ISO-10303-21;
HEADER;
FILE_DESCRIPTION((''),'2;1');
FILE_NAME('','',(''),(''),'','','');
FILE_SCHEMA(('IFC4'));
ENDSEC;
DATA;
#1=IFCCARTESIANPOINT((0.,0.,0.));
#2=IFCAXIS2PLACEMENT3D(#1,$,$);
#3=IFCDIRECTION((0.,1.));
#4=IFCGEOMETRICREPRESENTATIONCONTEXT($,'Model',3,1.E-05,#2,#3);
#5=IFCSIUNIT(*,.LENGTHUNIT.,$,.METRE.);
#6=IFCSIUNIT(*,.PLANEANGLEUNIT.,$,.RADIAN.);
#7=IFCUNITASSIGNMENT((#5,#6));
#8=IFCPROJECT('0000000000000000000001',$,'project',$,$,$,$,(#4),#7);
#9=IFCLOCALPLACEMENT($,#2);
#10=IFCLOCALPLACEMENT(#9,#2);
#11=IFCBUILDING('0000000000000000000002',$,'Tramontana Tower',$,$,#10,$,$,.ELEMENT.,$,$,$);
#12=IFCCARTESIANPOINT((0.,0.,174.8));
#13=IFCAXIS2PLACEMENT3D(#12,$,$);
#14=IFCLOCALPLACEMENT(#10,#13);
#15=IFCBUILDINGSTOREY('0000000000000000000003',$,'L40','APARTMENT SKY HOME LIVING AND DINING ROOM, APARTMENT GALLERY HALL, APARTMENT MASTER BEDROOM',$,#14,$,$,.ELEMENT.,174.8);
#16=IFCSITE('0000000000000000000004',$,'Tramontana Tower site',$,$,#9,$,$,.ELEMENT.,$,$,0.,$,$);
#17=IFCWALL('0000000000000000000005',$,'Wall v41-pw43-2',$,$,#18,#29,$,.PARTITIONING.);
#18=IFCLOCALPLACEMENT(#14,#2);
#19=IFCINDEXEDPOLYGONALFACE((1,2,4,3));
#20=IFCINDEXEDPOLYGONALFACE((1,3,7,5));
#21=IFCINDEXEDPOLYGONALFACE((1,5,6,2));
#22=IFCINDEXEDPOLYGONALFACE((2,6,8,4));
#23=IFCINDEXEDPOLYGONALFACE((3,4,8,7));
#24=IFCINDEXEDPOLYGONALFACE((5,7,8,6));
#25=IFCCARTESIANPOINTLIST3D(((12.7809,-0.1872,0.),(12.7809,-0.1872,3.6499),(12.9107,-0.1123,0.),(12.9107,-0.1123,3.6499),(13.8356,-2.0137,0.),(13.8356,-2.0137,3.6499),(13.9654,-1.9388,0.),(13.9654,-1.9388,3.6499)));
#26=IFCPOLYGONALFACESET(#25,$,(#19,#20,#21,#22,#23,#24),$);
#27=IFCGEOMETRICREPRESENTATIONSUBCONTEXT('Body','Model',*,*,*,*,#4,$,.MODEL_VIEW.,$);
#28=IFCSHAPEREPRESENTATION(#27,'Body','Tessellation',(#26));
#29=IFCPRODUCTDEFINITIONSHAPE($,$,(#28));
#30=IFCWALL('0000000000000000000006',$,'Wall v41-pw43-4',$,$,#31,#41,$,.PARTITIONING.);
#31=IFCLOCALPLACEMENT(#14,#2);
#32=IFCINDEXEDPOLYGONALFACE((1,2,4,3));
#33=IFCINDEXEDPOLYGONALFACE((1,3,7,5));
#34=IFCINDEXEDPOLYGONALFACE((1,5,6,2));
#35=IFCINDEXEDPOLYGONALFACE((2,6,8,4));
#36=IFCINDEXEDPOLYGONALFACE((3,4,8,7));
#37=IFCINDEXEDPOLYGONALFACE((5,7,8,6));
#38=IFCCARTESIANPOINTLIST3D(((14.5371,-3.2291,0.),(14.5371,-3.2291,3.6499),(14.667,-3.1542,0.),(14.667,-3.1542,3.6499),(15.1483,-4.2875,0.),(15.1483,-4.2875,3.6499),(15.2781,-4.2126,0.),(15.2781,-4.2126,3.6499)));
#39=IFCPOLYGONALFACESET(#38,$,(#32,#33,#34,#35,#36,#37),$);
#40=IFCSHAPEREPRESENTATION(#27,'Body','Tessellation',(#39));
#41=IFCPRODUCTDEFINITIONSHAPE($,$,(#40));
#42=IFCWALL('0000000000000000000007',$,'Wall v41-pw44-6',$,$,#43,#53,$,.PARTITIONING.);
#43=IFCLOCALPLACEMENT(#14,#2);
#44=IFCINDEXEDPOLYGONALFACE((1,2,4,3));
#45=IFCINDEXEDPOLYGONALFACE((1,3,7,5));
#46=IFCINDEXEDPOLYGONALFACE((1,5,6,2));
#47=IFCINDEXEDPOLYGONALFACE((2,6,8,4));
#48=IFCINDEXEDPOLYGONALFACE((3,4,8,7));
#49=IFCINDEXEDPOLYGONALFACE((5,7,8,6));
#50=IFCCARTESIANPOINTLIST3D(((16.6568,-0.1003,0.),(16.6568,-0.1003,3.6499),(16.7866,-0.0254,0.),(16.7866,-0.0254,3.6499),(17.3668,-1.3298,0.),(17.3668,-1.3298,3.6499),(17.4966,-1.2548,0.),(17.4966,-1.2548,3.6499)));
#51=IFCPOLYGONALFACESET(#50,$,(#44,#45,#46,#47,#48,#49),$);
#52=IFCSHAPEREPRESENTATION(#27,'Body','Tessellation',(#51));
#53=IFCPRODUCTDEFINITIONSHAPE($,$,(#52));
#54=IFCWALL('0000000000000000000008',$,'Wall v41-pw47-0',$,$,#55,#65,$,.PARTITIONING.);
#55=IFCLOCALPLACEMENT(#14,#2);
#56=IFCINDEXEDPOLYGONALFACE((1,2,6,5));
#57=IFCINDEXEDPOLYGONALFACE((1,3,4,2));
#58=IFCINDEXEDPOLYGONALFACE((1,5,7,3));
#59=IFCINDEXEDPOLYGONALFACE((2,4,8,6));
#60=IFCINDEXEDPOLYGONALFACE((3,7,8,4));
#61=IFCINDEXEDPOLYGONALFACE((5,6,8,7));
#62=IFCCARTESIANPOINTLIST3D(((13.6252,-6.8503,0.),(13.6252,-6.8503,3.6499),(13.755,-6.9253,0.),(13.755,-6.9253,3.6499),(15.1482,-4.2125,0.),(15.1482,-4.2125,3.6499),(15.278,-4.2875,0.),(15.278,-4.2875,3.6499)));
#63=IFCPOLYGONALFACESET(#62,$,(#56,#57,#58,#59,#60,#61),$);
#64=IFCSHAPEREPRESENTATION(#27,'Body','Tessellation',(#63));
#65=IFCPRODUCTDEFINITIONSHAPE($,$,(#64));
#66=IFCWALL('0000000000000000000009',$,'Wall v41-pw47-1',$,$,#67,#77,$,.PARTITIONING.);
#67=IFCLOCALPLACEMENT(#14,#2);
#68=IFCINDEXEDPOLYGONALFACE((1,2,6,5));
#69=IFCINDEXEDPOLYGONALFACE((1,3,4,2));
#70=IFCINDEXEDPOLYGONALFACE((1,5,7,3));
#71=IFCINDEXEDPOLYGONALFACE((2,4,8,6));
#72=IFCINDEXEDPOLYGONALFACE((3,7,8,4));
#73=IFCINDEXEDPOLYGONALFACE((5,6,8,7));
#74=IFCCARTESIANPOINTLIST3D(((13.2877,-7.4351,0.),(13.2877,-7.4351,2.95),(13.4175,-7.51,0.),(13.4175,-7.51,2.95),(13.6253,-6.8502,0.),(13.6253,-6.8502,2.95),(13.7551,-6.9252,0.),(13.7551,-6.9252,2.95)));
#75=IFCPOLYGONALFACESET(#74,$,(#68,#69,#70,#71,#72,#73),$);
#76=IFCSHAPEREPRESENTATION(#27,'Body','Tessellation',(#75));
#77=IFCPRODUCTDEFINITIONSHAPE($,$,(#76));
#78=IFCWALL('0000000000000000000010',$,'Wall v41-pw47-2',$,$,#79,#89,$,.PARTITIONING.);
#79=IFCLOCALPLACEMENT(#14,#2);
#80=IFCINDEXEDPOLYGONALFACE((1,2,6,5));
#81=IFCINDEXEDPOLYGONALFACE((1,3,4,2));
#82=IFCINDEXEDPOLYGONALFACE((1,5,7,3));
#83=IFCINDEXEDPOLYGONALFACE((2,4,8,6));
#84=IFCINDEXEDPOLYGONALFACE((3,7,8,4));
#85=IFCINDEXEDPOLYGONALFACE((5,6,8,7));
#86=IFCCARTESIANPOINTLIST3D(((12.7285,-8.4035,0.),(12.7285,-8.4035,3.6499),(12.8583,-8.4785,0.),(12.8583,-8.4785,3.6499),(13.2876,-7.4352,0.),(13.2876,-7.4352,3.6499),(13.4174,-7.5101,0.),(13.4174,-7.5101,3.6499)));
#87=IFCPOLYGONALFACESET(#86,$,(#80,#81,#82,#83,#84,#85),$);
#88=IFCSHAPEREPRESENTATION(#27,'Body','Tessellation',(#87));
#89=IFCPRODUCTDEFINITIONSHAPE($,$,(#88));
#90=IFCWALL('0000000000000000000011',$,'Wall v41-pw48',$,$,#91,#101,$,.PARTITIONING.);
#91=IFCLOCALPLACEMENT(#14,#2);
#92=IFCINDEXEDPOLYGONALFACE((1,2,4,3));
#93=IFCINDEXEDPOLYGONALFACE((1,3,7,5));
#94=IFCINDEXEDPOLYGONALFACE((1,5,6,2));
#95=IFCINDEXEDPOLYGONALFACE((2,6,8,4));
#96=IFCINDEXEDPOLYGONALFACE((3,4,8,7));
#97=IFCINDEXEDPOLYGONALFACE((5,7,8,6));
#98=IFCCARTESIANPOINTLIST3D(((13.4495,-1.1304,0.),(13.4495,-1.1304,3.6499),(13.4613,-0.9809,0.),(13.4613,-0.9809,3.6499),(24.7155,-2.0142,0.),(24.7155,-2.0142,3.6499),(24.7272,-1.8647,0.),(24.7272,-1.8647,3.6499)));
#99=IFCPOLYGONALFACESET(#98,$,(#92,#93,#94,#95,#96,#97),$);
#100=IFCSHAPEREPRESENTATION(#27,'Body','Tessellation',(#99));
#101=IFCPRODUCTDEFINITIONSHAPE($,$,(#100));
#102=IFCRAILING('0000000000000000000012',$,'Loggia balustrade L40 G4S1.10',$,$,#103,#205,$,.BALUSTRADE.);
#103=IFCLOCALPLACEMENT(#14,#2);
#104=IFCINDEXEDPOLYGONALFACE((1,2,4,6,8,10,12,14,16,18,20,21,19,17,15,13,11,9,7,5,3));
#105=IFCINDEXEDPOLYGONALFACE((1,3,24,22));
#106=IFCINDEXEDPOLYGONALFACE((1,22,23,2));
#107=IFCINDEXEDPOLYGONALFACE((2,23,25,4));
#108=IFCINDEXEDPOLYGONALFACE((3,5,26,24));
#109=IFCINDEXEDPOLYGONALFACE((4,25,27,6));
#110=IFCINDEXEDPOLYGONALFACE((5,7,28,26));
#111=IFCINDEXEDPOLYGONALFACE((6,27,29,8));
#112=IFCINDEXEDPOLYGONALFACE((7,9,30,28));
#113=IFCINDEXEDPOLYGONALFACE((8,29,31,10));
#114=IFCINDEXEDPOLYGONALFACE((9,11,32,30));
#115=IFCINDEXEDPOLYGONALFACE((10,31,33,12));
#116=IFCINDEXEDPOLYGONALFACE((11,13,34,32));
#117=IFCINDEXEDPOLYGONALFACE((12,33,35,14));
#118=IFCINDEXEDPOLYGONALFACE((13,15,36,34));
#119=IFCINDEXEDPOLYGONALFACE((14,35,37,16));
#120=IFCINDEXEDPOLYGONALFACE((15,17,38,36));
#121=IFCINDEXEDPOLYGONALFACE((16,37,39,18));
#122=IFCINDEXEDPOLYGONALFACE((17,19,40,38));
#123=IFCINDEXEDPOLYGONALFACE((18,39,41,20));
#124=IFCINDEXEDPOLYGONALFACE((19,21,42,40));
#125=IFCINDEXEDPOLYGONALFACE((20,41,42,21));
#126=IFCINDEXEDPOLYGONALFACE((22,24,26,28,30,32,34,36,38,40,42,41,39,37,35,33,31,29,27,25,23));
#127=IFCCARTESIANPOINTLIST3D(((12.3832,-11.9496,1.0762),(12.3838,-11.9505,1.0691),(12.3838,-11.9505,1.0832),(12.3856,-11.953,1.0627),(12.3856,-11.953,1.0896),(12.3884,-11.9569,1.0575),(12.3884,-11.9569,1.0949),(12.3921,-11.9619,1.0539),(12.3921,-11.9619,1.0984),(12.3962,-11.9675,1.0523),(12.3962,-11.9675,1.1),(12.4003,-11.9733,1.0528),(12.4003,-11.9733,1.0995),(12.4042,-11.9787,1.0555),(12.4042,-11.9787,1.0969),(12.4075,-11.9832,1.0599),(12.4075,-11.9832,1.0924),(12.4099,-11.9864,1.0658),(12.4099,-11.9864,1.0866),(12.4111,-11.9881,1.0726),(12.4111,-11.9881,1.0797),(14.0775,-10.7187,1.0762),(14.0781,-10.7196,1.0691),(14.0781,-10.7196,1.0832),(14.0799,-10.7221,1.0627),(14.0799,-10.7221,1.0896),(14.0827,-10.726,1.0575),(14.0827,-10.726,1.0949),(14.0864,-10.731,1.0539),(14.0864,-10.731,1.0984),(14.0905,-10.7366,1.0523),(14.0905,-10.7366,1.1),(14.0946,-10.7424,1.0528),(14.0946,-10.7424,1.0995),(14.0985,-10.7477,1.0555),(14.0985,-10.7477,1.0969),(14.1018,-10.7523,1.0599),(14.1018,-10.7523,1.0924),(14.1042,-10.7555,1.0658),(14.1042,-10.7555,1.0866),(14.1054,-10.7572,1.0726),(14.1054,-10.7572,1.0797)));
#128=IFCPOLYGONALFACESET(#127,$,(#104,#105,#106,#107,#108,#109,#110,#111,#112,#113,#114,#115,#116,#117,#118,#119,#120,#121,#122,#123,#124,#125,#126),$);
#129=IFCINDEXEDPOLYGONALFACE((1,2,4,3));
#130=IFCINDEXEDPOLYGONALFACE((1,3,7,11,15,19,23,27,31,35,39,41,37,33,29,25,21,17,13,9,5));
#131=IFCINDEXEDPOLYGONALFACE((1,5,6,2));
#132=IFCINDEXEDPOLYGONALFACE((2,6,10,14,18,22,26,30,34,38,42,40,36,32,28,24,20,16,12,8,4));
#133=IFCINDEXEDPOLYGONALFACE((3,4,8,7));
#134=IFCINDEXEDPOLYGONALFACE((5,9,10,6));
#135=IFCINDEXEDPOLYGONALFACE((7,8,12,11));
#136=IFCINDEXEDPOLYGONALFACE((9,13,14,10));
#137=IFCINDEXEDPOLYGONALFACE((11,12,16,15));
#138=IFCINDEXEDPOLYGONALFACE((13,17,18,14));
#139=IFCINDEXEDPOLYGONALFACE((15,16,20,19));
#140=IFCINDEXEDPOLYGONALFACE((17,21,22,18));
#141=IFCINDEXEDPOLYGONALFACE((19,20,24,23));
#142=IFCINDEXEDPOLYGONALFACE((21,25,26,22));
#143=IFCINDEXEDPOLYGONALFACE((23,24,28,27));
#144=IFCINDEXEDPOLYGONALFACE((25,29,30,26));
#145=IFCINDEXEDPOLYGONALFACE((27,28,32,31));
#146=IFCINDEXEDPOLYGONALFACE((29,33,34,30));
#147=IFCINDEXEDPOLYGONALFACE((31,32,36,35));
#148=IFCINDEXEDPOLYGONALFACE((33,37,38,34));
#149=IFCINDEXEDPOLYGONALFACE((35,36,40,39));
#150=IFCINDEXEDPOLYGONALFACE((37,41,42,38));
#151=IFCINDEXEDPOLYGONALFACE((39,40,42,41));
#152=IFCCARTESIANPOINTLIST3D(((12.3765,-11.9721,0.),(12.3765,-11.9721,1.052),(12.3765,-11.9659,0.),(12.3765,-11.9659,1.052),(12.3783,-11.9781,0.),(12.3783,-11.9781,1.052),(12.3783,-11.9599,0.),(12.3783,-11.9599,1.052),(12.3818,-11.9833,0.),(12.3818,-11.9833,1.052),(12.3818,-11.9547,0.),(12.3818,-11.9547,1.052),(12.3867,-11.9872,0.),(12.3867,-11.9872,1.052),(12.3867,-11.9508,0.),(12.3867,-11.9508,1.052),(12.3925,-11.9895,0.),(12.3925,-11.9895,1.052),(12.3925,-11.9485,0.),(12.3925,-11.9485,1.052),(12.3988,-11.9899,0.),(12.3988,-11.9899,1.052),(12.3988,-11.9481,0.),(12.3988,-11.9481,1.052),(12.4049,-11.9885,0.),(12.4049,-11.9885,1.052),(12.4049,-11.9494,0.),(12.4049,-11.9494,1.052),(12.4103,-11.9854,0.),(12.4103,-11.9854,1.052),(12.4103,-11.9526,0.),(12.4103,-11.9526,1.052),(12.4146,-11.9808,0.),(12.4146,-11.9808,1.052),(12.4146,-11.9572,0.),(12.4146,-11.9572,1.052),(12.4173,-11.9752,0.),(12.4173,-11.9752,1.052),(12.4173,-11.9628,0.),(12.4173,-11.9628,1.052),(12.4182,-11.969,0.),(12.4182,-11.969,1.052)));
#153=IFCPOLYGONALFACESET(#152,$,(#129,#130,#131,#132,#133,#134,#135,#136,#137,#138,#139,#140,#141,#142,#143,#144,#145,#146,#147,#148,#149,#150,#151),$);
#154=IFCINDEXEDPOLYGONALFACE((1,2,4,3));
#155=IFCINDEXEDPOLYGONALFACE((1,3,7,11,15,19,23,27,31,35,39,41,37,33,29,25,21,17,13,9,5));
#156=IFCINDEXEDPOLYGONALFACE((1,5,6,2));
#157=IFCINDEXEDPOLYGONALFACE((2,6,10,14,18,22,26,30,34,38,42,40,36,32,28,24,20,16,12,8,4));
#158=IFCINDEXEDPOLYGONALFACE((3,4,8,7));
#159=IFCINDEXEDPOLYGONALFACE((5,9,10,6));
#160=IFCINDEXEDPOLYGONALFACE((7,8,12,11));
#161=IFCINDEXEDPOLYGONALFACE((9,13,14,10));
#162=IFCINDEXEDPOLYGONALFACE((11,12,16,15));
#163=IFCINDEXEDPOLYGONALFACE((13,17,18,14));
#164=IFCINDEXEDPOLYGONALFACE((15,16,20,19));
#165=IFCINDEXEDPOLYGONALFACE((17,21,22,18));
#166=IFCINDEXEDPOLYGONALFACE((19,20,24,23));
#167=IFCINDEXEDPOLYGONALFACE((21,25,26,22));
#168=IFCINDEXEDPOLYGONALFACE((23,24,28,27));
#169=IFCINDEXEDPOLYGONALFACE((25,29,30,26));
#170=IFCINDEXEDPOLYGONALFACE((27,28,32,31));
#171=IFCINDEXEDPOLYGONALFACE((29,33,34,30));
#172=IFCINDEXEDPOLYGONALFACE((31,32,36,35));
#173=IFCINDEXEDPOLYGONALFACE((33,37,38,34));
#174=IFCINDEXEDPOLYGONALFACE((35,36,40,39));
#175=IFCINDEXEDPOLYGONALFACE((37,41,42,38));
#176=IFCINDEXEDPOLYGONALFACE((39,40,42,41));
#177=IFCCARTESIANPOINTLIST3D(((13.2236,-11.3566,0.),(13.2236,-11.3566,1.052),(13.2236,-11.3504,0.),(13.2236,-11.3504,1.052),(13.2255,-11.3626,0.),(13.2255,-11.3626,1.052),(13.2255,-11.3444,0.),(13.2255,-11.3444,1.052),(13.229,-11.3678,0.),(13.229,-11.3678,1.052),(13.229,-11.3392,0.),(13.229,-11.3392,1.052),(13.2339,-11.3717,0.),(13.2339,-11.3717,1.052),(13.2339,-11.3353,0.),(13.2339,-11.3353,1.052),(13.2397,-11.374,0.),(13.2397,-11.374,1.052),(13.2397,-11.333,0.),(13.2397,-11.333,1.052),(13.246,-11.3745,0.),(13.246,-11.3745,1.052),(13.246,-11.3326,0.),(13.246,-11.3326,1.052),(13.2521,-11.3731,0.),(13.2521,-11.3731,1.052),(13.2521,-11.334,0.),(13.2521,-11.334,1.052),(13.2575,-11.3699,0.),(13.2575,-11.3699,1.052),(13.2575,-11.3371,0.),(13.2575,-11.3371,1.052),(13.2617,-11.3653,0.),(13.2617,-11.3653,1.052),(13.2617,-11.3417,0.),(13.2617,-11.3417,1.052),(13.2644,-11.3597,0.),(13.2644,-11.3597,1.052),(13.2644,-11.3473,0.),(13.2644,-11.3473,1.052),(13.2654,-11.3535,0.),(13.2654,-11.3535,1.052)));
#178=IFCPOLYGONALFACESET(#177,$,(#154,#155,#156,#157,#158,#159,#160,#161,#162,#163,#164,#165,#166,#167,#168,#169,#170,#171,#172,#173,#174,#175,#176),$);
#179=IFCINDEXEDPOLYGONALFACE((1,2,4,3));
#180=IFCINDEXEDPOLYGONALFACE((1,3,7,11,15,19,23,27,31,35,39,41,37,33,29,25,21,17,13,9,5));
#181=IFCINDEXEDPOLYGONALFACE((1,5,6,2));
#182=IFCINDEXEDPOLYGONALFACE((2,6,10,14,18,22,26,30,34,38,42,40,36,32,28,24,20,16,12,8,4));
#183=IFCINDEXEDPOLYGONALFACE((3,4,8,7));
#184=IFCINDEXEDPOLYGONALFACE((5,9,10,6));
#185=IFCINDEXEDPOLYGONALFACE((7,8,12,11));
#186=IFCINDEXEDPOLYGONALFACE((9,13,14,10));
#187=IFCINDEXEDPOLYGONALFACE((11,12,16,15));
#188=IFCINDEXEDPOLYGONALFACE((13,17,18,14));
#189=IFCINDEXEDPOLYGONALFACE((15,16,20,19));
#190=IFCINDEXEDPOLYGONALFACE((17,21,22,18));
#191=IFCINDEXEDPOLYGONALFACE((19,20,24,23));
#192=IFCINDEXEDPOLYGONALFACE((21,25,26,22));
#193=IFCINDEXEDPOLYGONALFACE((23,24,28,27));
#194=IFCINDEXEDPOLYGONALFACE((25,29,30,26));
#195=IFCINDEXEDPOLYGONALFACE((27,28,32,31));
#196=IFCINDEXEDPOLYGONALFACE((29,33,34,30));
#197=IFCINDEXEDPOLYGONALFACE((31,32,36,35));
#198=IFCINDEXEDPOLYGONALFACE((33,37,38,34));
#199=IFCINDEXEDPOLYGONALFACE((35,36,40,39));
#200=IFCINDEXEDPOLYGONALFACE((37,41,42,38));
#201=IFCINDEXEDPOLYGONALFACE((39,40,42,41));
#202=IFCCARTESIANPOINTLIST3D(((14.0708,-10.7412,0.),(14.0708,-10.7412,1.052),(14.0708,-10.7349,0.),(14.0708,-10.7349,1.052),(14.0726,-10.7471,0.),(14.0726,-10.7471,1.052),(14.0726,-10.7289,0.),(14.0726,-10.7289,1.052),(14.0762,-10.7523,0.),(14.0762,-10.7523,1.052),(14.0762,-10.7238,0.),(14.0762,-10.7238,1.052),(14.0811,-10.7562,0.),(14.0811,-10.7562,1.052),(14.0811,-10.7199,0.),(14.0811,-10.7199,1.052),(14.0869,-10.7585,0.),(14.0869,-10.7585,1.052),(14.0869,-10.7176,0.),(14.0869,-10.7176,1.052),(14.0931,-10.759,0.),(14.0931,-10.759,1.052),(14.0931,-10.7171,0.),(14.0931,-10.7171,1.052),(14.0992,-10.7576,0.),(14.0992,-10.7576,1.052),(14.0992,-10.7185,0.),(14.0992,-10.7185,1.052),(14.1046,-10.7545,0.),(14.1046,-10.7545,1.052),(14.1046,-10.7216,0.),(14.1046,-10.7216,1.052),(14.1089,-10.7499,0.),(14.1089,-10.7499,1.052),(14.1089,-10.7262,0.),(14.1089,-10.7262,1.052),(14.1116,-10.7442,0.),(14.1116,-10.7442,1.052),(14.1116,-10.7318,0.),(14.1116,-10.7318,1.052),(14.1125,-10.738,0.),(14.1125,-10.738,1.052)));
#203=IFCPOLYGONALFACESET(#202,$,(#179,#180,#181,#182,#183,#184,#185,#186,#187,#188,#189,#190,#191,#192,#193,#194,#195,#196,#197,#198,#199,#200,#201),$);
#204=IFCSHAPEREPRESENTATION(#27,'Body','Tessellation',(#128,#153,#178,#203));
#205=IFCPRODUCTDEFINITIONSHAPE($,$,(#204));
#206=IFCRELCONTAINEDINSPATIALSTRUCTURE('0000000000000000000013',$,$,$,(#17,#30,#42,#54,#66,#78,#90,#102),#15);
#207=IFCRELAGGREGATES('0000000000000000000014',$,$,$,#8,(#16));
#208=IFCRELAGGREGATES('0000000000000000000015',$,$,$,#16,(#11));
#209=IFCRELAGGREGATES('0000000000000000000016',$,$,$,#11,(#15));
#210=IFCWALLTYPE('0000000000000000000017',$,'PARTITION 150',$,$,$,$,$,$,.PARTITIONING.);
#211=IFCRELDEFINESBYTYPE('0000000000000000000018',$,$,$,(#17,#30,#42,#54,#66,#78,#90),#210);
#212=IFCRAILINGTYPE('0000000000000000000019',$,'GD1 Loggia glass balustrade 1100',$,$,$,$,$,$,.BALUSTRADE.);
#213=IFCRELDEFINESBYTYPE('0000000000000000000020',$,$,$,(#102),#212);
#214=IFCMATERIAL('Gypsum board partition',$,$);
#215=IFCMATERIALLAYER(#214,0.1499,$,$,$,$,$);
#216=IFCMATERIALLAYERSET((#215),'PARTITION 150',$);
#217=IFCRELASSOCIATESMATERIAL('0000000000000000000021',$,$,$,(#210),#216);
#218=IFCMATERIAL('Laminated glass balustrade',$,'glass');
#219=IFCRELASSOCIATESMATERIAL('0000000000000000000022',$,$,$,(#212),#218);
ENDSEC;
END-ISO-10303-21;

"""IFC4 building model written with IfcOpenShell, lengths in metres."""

from ifc_helpers import new_model, si_unit, direction, frame, frame_2d, origin, origin_2d, place, context, subcontext, project, spatial, rectangle, circle, extrude, material, layer, layer_set, type_object, element, save


model = new_model("IFC4")

# Units and contexts
model_context = context("Model", 3, precision=1e-05, world=origin(), true_north=direction((0.0, 1.0)))
body_context = subcontext(model_context, "Body", "Model", "MODEL_VIEW")
ifc_project = project(units=[si_unit("LENGTHUNIT", "METRE"), si_unit("PLANEANGLEUNIT", "RADIAN")], contexts=[model_context])

# Site, building, storey
site_placement = place(None, origin())
site = spatial("IfcSite", under=ifc_project, at=site_placement, Name="Tramontana Tower site", CompositionType="ELEMENT", RefElevation=0.0)
building_placement = place(site_placement, origin())
building = spatial("IfcBuilding", under=site, at=building_placement, Name="Tramontana Tower", CompositionType="ELEMENT")
storey_placement = place(building_placement, frame((0.0, 0.0, 174.8)))
storey = spatial("IfcBuildingStorey", under=building, at=storey_placement, Name="L40", Description="APARTMENT SKY HOME LIVING AND DINING ROOM, APARTMENT GALLERY HALL, APARTMENT MASTER BEDROOM", CompositionType="ELEMENT", Elevation=174.8)

# Wall
ifc_material_1 = material(Name="Gypsum board partition")
ifc_layer_1 = layer(ifc_material_1, 0.1499)
ifc_layer_set_1 = layer_set([ifc_layer_1], Name="PARTITION 150")
wall_type_1 = type_object("IfcWallType", Name="PARTITION 150", PredefinedType="PARTITIONING", material=ifc_layer_set_1)
wall_1_placement = place(storey_placement, frame((12.8457, -0.1497, 0.0), z_axis=(0.0, 0.0, 1.0), x_axis=(0.500073, -0.865983, 0.0)))
element("IfcWall", 1, at=wall_1_placement, inside=storey, type_object=wall_type_1, Name="Wall v41-pw43-2", PredefinedType="PARTITIONING", context=body_context, shape_type="SweptSolid", body=[
    extrude(rectangle(XDim=2.1091, YDim=0.1499, at=frame_2d((1.0547, 0.0))), origin(), (0.0, 0.0, 1.0), 3.6499),
])

# Walls
wall_2_placement = place(storey_placement, frame((14.6021, -3.1917, 0.0), z_axis=(0.0, 0.0, 1.0), x_axis=(0.500028, -0.866009, 0.0)))
element("IfcWall", 2, at=wall_2_placement, inside=storey, type_object=wall_type_1, Name="Wall v41-pw43-4", PredefinedType="PARTITIONING", context=body_context, shape_type="SweptSolid", body=[
    extrude(rectangle(XDim=1.2222, YDim=0.1499, at=frame_2d((0.6111, 0.0))), origin(), (0.0, 0.0, 1.0), 3.6499),
])
wall_3_placement = place(storey_placement, frame((16.7217, -0.0627, 0.0), z_axis=(0.0, 0.0, 1.0), x_axis=(0.50006, -0.865991, 0.0)))
element("IfcWall", 3, at=wall_3_placement, inside=storey, type_object=wall_type_1, Name="Wall v41-pw44-6", PredefinedType="PARTITIONING", context=body_context, shape_type="SweptSolid", body=[
    extrude(rectangle(XDim=1.4197, YDim=0.1499, at=frame_2d((0.71, 0.0))), origin(), (0.0, 0.0, 1.0), 3.6499),
])

# Walls
wall_4_placement = place(storey_placement, frame((15.2131, -4.25, 0.0), z_axis=(0.0, 0.0, 1.0), x_axis=(-0.500018, -0.866015, 0.0)))
element("IfcWall", 4, at=wall_4_placement, inside=storey, type_object=wall_type_1, Name="Wall v41-pw47-0", PredefinedType="PARTITIONING", context=body_context, shape_type="SweptSolid", body=[
    extrude(rectangle(XDim=3.0459, YDim=0.1499, at=frame_2d((1.5229, 0.0))), origin(), (0.0, 0.0, 1.0), 3.6499),
])
wall_5_placement = place(storey_placement, frame((13.6902, -6.8877, 0.0), z_axis=(0.0, 0.0, 1.0), x_axis=(-0.49991, -0.866077, 0.0)))
element("IfcWall", 5, at=wall_5_placement, inside=storey, type_object=wall_type_1, Name="Wall v41-pw47-1", PredefinedType="PARTITIONING", context=body_context, shape_type="SweptSolid", body=[
    extrude(rectangle(XDim=0.6753, YDim=0.1499, at=frame_2d((0.3376, 0.0))), origin(), (0.0, 0.0, 1.0), 2.95),
])
wall_6_placement = place(storey_placement, frame((13.3525, -7.4727, 0.0), z_axis=(0.0, 0.0, 1.0), x_axis=(-0.500037, -0.866004, 0.0)))
element("IfcWall", 6, at=wall_6_placement, inside=storey, type_object=wall_type_1, Name="Wall v41-pw47-2", PredefinedType="PARTITIONING", context=body_context, shape_type="SweptSolid", body=[
    extrude(rectangle(XDim=1.1182, YDim=0.1499, at=frame_2d((0.5591, 0.0))), origin(), (0.0, 0.0, 1.0), 3.6499),
])
wall_7_placement = place(storey_placement, frame((24.7214, -1.9395, 0.0), z_axis=(0.0, 0.0, 1.0), x_axis=(-0.996937, 0.078208, 0.0)))
element("IfcWall", 7, at=wall_7_placement, inside=storey, type_object=wall_type_1, Name="Wall v41-pw48", PredefinedType="PARTITIONING", context=body_context, shape_type="SweptSolid", body=[
    extrude(rectangle(XDim=11.3005, YDim=0.1499, at=frame_2d((5.6504, 0.0))), origin(), (0.0, 0.0, 1.0), 3.6499),
])

# Railing
ifc_material_2 = material(Name="Laminated glass balustrade", Category="glass")
railing_type = type_object("IfcRailingType", Name="GD1 Loggia glass balustrade 1100", PredefinedType="BALUSTRADE", material=ifc_material_2)
railing_placement = place(storey_placement, frame((12.3972, -11.969, 0.0)))
element("IfcRailing", 8, at=railing_placement, inside=storey, type_object=railing_type, Name="Loggia balustrade L40 G4S1.10", PredefinedType="BALUSTRADE", context=body_context, shape_type="SweptSolid", body=[
    extrude(circle(Radius=0.0239, at=origin_2d()), frame((0.0, 0.0, 1.0762), z_axis=(0.809028, 0.58777, 0.0), x_axis=(-0.58777, 0.809028, 0.0)), (0.0, 0.0, 1.0), 2.0942),
    extrude(circle(Radius=0.021, at=origin_2d()), origin(), (0.0, 0.0, 1.0), 1.052),
    extrude(circle(Radius=0.021, at=origin_2d()), frame((0.8472, 0.6155, 0.0)), (0.0, 0.0, 1.0), 1.052),
    extrude(circle(Radius=0.021, at=origin_2d()), frame((1.6943, 1.231, 0.0)), (0.0, 0.0, 1.0), 1.052),
])

save(model, "model.ifc")
